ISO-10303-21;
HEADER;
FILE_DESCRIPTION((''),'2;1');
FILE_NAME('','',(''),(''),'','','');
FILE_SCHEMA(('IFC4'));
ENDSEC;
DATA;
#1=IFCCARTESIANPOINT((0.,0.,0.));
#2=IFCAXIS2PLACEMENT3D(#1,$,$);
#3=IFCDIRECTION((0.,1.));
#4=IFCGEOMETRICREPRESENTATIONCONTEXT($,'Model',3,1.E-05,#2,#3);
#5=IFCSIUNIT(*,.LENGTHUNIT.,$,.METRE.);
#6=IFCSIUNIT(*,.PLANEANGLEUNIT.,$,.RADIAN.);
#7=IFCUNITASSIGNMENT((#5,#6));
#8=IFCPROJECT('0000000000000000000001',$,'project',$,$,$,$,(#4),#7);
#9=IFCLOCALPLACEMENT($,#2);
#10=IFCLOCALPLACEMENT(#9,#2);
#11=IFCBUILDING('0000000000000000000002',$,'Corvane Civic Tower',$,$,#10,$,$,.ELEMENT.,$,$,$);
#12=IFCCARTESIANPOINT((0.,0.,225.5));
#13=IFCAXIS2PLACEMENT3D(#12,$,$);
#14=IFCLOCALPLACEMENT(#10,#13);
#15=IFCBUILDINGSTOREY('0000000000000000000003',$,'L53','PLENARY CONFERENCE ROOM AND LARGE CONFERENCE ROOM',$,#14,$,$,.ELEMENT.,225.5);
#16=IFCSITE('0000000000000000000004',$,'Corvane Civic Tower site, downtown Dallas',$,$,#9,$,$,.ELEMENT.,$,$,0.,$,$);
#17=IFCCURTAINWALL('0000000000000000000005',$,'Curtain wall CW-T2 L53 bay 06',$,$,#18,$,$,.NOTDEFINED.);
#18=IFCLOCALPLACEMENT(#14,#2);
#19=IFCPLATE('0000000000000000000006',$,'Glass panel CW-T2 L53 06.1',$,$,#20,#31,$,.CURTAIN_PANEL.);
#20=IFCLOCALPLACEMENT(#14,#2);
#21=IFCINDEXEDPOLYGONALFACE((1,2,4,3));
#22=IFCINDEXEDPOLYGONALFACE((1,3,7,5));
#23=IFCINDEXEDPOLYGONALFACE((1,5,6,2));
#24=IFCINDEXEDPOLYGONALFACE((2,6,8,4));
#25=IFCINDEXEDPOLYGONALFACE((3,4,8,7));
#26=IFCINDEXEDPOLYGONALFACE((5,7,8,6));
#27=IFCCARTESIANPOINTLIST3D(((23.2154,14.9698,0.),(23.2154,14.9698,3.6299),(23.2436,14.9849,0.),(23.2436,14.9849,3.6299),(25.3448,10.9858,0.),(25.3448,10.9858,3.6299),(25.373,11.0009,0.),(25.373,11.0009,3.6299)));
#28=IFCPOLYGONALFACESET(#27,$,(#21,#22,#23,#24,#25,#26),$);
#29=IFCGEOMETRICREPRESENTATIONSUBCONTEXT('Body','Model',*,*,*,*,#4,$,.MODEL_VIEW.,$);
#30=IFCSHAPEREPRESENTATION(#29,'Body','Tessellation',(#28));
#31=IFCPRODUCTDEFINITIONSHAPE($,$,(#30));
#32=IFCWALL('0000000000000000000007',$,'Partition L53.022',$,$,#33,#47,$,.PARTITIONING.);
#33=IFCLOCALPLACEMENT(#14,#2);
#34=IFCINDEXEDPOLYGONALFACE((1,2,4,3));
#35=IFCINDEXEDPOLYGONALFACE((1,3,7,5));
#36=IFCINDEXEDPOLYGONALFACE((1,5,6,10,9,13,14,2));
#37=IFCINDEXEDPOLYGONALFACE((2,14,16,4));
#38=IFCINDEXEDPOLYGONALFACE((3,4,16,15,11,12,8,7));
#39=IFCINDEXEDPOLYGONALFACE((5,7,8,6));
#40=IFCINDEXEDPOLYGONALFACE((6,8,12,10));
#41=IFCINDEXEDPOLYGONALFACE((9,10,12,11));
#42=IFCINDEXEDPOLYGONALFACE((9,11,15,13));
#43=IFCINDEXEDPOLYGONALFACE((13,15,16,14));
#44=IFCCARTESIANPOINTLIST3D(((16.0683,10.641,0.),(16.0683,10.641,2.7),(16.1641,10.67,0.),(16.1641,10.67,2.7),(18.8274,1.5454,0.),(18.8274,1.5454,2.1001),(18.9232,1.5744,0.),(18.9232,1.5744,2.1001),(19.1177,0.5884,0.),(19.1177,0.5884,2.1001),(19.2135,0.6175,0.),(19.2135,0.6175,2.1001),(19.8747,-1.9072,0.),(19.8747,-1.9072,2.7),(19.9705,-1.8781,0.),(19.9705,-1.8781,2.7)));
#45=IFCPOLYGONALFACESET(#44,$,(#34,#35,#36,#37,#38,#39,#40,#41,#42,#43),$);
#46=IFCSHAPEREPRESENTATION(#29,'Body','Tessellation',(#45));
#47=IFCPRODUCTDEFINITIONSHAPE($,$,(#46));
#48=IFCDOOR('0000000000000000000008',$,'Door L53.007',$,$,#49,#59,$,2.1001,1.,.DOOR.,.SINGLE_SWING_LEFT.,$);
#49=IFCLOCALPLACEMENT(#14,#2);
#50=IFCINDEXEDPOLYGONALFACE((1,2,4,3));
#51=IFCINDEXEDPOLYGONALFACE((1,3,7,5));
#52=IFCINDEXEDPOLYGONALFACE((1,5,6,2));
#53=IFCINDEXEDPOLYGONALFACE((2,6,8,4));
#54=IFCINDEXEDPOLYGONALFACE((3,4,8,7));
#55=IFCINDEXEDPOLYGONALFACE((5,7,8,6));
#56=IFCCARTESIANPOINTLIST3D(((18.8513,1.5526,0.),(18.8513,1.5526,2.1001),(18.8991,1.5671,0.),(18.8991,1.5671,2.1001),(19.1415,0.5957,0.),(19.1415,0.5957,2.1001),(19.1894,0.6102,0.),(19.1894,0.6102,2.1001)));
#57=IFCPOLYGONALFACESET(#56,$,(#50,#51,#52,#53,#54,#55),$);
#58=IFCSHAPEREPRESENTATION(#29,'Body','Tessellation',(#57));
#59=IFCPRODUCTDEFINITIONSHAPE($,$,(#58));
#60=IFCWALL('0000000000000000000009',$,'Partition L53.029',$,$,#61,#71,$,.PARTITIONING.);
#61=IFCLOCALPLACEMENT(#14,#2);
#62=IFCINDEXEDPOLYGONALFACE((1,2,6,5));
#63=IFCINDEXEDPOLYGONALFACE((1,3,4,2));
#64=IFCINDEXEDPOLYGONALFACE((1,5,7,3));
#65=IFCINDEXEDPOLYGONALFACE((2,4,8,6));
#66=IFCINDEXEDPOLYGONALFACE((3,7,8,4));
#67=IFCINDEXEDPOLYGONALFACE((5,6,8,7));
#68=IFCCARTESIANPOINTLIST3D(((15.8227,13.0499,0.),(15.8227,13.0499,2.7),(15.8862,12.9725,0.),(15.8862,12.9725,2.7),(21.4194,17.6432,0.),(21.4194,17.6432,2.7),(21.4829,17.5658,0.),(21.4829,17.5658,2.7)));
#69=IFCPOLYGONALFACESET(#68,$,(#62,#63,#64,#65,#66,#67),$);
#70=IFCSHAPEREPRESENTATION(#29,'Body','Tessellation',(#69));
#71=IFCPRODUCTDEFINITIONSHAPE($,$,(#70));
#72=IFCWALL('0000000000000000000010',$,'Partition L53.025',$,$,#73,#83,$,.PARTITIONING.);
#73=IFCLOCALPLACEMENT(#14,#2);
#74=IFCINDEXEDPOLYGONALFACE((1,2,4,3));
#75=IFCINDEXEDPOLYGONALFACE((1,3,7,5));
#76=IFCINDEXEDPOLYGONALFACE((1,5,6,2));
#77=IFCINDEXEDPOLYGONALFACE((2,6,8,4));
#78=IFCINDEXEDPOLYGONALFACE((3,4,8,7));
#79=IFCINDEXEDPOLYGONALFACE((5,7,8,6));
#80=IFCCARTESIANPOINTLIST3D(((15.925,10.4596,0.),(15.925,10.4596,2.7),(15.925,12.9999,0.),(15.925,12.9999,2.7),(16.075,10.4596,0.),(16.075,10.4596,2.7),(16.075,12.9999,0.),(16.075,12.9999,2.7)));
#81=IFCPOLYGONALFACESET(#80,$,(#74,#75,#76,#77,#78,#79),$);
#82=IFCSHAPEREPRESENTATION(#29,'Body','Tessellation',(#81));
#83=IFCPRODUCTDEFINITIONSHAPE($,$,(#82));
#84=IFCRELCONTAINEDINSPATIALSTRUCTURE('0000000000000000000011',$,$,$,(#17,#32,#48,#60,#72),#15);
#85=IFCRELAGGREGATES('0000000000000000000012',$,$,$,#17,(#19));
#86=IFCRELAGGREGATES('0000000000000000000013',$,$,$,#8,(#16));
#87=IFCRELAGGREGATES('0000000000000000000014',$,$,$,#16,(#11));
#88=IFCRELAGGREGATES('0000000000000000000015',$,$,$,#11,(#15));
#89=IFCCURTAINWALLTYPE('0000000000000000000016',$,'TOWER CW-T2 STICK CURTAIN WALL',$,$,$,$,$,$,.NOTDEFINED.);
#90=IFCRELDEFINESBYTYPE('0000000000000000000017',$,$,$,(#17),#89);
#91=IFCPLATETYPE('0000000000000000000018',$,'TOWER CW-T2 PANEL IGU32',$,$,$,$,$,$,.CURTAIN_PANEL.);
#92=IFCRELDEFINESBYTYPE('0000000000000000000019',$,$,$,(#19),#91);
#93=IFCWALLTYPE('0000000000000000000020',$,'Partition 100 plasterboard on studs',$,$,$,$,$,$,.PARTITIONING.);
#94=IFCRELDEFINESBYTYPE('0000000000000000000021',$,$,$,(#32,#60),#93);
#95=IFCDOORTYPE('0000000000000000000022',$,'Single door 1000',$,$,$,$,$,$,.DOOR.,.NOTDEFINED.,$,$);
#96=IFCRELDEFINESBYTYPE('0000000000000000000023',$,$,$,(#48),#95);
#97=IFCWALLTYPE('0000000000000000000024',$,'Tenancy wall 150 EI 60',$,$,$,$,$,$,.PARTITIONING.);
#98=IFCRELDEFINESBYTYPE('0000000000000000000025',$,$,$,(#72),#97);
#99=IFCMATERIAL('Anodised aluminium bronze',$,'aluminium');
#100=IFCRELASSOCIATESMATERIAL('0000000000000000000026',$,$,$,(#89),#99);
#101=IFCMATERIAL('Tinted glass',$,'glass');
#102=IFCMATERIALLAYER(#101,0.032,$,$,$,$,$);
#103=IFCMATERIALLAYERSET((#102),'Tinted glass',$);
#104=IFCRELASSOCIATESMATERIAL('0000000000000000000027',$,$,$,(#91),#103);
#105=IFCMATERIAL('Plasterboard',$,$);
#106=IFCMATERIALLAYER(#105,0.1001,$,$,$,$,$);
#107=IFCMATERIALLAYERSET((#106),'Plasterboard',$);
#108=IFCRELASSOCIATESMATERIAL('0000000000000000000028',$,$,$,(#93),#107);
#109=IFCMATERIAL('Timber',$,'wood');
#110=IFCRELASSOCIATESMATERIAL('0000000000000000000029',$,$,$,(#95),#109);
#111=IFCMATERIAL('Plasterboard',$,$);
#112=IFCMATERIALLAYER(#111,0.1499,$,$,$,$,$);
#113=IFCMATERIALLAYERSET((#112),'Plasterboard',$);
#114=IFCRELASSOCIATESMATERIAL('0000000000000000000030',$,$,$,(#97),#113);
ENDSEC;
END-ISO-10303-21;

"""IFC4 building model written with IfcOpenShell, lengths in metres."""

from ifc_helpers import new_model, si_unit, direction, frame, frame_2d, origin, origin_2d, place, context, subcontext, project, spatial, rectangle, extrude, material, layer, layer_set, type_object, element, fill, aggregate, save


model = new_model("IFC4")

# Units and contexts
model_context = context("Model", 3, precision=1e-05, world=origin(), true_north=direction((0.0, 1.0)))
body_context = subcontext(model_context, "Body", "Model", "MODEL_VIEW")
ifc_project = project(units=[si_unit("LENGTHUNIT", "METRE"), si_unit("PLANEANGLEUNIT", "RADIAN")], contexts=[model_context])

# Site, building, storey
site_placement = place(None, origin())
site = spatial("IfcSite", under=ifc_project, at=site_placement, Name="Corvane Civic Tower site, downtown Dallas", CompositionType="ELEMENT", RefElevation=0.0)
building_placement = place(site_placement, origin())
building = spatial("IfcBuilding", under=site, at=building_placement, Name="Corvane Civic Tower", CompositionType="ELEMENT")
storey_placement = place(building_placement, frame((0.0, 0.0, 225.5)))
storey = spatial("IfcBuildingStorey", under=building, at=storey_placement, Name="L53", Description="PLENARY CONFERENCE ROOM AND LARGE CONFERENCE ROOM", CompositionType="ELEMENT", Elevation=225.5)

# Curtain wall
ifc_material_1 = material(Name="Anodised aluminium bronze", Category="aluminium")
curtain_wall_type = type_object("IfcCurtainWallType", Name="TOWER CW-T2 STICK CURTAIN WALL", PredefinedType="NOTDEFINED", material=ifc_material_1)
curtain_wall_1_placement = place(storey_placement, origin())
curtain_wall_1 = element("IfcCurtainWall", 1, at=curtain_wall_1_placement, inside=storey, type_object=curtain_wall_type, Name="Curtain wall CW-T2 L53 bay 06", PredefinedType="NOTDEFINED")

# Plate
ifc_material_2 = material(Name="Tinted glass", Category="glass")
ifc_layer_1 = layer(ifc_material_2, 0.032)
ifc_layer_set_1 = layer_set([ifc_layer_1], Name="Tinted glass")
plate_type = type_object("IfcPlateType", Name="TOWER CW-T2 PANEL IGU32", PredefinedType="CURTAIN_PANEL", material=ifc_layer_set_1)
plate_1_placement = place(storey_placement, frame((24.2942, 12.9854, 0.0), z_axis=(0.0, 0.0, 1.0), x_axis=(0.471398, -0.88192, 0.0)))
plate_1 = element("IfcPlate", 2, at=plate_1_placement, type_object=plate_type, Name="Glass panel CW-T2 L53 06.1", PredefinedType="CURTAIN_PANEL", context=body_context, shape_type="SweptSolid", body=[
    extrude(rectangle(XDim=4.5173, YDim=0.032, at=origin_2d()), origin(), (0.0, 0.0, 1.0), 3.6299),
])
aggregate(curtain_wall_1, [plate_1])

# Wall, opening, door
ifc_material_3 = material(Name="Plasterboard")
ifc_layer_2 = layer(ifc_material_3, 0.1001)
ifc_layer_set_2 = layer_set([ifc_layer_2], Name="Plasterboard")
wall_type_1 = type_object("IfcWallType", Name="Partition 100 plasterboard on studs", PredefinedType="PARTITIONING", material=ifc_layer_set_2)
wall_1_placement = place(storey_placement, frame((16.1162, 10.6555, 0.0), z_axis=(0.0, 0.0, 1.0), x_axis=(0.290283, -0.956941, 0.0)))
wall_1 = element("IfcWall", 3, at=wall_1_placement, inside=storey, type_object=wall_type_1, Name="Partition L53.022", PredefinedType="PARTITIONING", context=body_context, shape_type="SweptSolid", body=[
    extrude(rectangle(XDim=13.1128, YDim=0.1001, at=frame_2d((6.5564, 0.0))), origin(), (0.0, 0.0, 1.0), 2.7),
])
opening_placement = place(wall_1_placement, frame((9.5049, 0.0, 0.0)))
opening = element("IfcOpeningElement", 4, at=opening_placement, cuts=wall_1, PredefinedType="OPENING", context=body_context, shape_type="SweptSolid", body=[
    extrude(rectangle(XDim=1.0, YDim=2.1001, at=frame_2d((0.5, 1.05))), frame((0.0, 0.0601, 0.0), z_axis=(0.0, -1.0, 0.0), x_axis=(1.0, 0.0, 0.0)), (0.0, 0.0, 1.0), 0.1201),
])
ifc_material_4 = material(Name="Timber", Category="wood")
door_type = type_object("IfcDoorType", Name="Single door 1000", OperationType="NOTDEFINED", PredefinedType="DOOR", material=ifc_material_4)
door_placement = place(opening_placement, origin())
door = element("IfcDoor", 5, at=door_placement, inside=storey, type_object=door_type, Name="Door L53.007", OperationType="SINGLE_SWING_LEFT", OverallHeight=2.1001, OverallWidth=1.0, PredefinedType="DOOR", context=body_context, shape_type="SweptSolid", body=[
    extrude(rectangle(XDim=1.0, YDim=2.1001, at=frame_2d((0.5, 1.05))), frame((0.0, 0.0249, 0.0), z_axis=(0.0, -1.0, 0.0), x_axis=(1.0, 0.0, 0.0)), (0.0, 0.0, 1.0), 0.05),
])
fill(opening, door)

# Walls
wall_2_placement = place(storey_placement, frame((15.8545, 13.0112, 0.0), z_axis=(0.0, 0.0, 1.0), x_axis=(0.772998, 0.634409, 0.0)))
element("IfcWall", 6, at=wall_2_placement, inside=storey, type_object=wall_type_1, Name="Partition L53.029", PredefinedType="PARTITIONING", context=body_context, shape_type="SweptSolid", body=[
    extrude(rectangle(XDim=7.2402, YDim=0.1001, at=frame_2d((3.6201, 0.0))), origin(), (0.0, 0.0, 1.0), 2.7),
])
ifc_material_5 = material(Name="Plasterboard")
ifc_layer_3 = layer(ifc_material_5, 0.1499)
ifc_layer_set_3 = layer_set([ifc_layer_3], Name="Plasterboard")
wall_type_2 = type_object("IfcWallType", Name="Tenancy wall 150 EI 60", PredefinedType="PARTITIONING", material=ifc_layer_set_3)
wall_3_placement = place(storey_placement, frame((16.0, 10.4597, 0.0), z_axis=(0.0, 0.0, 1.0), x_axis=(0.0, 1.0, 0.0)))
element("IfcWall", 7, at=wall_3_placement, inside=storey, type_object=wall_type_2, Name="Partition L53.025", PredefinedType="PARTITIONING", context=body_context, shape_type="SweptSolid", body=[
    extrude(rectangle(XDim=2.5403, YDim=0.1499, at=frame_2d((1.27, 0.0))), origin(), (0.0, 0.0, 1.0), 2.7),
])

save(model, "model.ifc")
